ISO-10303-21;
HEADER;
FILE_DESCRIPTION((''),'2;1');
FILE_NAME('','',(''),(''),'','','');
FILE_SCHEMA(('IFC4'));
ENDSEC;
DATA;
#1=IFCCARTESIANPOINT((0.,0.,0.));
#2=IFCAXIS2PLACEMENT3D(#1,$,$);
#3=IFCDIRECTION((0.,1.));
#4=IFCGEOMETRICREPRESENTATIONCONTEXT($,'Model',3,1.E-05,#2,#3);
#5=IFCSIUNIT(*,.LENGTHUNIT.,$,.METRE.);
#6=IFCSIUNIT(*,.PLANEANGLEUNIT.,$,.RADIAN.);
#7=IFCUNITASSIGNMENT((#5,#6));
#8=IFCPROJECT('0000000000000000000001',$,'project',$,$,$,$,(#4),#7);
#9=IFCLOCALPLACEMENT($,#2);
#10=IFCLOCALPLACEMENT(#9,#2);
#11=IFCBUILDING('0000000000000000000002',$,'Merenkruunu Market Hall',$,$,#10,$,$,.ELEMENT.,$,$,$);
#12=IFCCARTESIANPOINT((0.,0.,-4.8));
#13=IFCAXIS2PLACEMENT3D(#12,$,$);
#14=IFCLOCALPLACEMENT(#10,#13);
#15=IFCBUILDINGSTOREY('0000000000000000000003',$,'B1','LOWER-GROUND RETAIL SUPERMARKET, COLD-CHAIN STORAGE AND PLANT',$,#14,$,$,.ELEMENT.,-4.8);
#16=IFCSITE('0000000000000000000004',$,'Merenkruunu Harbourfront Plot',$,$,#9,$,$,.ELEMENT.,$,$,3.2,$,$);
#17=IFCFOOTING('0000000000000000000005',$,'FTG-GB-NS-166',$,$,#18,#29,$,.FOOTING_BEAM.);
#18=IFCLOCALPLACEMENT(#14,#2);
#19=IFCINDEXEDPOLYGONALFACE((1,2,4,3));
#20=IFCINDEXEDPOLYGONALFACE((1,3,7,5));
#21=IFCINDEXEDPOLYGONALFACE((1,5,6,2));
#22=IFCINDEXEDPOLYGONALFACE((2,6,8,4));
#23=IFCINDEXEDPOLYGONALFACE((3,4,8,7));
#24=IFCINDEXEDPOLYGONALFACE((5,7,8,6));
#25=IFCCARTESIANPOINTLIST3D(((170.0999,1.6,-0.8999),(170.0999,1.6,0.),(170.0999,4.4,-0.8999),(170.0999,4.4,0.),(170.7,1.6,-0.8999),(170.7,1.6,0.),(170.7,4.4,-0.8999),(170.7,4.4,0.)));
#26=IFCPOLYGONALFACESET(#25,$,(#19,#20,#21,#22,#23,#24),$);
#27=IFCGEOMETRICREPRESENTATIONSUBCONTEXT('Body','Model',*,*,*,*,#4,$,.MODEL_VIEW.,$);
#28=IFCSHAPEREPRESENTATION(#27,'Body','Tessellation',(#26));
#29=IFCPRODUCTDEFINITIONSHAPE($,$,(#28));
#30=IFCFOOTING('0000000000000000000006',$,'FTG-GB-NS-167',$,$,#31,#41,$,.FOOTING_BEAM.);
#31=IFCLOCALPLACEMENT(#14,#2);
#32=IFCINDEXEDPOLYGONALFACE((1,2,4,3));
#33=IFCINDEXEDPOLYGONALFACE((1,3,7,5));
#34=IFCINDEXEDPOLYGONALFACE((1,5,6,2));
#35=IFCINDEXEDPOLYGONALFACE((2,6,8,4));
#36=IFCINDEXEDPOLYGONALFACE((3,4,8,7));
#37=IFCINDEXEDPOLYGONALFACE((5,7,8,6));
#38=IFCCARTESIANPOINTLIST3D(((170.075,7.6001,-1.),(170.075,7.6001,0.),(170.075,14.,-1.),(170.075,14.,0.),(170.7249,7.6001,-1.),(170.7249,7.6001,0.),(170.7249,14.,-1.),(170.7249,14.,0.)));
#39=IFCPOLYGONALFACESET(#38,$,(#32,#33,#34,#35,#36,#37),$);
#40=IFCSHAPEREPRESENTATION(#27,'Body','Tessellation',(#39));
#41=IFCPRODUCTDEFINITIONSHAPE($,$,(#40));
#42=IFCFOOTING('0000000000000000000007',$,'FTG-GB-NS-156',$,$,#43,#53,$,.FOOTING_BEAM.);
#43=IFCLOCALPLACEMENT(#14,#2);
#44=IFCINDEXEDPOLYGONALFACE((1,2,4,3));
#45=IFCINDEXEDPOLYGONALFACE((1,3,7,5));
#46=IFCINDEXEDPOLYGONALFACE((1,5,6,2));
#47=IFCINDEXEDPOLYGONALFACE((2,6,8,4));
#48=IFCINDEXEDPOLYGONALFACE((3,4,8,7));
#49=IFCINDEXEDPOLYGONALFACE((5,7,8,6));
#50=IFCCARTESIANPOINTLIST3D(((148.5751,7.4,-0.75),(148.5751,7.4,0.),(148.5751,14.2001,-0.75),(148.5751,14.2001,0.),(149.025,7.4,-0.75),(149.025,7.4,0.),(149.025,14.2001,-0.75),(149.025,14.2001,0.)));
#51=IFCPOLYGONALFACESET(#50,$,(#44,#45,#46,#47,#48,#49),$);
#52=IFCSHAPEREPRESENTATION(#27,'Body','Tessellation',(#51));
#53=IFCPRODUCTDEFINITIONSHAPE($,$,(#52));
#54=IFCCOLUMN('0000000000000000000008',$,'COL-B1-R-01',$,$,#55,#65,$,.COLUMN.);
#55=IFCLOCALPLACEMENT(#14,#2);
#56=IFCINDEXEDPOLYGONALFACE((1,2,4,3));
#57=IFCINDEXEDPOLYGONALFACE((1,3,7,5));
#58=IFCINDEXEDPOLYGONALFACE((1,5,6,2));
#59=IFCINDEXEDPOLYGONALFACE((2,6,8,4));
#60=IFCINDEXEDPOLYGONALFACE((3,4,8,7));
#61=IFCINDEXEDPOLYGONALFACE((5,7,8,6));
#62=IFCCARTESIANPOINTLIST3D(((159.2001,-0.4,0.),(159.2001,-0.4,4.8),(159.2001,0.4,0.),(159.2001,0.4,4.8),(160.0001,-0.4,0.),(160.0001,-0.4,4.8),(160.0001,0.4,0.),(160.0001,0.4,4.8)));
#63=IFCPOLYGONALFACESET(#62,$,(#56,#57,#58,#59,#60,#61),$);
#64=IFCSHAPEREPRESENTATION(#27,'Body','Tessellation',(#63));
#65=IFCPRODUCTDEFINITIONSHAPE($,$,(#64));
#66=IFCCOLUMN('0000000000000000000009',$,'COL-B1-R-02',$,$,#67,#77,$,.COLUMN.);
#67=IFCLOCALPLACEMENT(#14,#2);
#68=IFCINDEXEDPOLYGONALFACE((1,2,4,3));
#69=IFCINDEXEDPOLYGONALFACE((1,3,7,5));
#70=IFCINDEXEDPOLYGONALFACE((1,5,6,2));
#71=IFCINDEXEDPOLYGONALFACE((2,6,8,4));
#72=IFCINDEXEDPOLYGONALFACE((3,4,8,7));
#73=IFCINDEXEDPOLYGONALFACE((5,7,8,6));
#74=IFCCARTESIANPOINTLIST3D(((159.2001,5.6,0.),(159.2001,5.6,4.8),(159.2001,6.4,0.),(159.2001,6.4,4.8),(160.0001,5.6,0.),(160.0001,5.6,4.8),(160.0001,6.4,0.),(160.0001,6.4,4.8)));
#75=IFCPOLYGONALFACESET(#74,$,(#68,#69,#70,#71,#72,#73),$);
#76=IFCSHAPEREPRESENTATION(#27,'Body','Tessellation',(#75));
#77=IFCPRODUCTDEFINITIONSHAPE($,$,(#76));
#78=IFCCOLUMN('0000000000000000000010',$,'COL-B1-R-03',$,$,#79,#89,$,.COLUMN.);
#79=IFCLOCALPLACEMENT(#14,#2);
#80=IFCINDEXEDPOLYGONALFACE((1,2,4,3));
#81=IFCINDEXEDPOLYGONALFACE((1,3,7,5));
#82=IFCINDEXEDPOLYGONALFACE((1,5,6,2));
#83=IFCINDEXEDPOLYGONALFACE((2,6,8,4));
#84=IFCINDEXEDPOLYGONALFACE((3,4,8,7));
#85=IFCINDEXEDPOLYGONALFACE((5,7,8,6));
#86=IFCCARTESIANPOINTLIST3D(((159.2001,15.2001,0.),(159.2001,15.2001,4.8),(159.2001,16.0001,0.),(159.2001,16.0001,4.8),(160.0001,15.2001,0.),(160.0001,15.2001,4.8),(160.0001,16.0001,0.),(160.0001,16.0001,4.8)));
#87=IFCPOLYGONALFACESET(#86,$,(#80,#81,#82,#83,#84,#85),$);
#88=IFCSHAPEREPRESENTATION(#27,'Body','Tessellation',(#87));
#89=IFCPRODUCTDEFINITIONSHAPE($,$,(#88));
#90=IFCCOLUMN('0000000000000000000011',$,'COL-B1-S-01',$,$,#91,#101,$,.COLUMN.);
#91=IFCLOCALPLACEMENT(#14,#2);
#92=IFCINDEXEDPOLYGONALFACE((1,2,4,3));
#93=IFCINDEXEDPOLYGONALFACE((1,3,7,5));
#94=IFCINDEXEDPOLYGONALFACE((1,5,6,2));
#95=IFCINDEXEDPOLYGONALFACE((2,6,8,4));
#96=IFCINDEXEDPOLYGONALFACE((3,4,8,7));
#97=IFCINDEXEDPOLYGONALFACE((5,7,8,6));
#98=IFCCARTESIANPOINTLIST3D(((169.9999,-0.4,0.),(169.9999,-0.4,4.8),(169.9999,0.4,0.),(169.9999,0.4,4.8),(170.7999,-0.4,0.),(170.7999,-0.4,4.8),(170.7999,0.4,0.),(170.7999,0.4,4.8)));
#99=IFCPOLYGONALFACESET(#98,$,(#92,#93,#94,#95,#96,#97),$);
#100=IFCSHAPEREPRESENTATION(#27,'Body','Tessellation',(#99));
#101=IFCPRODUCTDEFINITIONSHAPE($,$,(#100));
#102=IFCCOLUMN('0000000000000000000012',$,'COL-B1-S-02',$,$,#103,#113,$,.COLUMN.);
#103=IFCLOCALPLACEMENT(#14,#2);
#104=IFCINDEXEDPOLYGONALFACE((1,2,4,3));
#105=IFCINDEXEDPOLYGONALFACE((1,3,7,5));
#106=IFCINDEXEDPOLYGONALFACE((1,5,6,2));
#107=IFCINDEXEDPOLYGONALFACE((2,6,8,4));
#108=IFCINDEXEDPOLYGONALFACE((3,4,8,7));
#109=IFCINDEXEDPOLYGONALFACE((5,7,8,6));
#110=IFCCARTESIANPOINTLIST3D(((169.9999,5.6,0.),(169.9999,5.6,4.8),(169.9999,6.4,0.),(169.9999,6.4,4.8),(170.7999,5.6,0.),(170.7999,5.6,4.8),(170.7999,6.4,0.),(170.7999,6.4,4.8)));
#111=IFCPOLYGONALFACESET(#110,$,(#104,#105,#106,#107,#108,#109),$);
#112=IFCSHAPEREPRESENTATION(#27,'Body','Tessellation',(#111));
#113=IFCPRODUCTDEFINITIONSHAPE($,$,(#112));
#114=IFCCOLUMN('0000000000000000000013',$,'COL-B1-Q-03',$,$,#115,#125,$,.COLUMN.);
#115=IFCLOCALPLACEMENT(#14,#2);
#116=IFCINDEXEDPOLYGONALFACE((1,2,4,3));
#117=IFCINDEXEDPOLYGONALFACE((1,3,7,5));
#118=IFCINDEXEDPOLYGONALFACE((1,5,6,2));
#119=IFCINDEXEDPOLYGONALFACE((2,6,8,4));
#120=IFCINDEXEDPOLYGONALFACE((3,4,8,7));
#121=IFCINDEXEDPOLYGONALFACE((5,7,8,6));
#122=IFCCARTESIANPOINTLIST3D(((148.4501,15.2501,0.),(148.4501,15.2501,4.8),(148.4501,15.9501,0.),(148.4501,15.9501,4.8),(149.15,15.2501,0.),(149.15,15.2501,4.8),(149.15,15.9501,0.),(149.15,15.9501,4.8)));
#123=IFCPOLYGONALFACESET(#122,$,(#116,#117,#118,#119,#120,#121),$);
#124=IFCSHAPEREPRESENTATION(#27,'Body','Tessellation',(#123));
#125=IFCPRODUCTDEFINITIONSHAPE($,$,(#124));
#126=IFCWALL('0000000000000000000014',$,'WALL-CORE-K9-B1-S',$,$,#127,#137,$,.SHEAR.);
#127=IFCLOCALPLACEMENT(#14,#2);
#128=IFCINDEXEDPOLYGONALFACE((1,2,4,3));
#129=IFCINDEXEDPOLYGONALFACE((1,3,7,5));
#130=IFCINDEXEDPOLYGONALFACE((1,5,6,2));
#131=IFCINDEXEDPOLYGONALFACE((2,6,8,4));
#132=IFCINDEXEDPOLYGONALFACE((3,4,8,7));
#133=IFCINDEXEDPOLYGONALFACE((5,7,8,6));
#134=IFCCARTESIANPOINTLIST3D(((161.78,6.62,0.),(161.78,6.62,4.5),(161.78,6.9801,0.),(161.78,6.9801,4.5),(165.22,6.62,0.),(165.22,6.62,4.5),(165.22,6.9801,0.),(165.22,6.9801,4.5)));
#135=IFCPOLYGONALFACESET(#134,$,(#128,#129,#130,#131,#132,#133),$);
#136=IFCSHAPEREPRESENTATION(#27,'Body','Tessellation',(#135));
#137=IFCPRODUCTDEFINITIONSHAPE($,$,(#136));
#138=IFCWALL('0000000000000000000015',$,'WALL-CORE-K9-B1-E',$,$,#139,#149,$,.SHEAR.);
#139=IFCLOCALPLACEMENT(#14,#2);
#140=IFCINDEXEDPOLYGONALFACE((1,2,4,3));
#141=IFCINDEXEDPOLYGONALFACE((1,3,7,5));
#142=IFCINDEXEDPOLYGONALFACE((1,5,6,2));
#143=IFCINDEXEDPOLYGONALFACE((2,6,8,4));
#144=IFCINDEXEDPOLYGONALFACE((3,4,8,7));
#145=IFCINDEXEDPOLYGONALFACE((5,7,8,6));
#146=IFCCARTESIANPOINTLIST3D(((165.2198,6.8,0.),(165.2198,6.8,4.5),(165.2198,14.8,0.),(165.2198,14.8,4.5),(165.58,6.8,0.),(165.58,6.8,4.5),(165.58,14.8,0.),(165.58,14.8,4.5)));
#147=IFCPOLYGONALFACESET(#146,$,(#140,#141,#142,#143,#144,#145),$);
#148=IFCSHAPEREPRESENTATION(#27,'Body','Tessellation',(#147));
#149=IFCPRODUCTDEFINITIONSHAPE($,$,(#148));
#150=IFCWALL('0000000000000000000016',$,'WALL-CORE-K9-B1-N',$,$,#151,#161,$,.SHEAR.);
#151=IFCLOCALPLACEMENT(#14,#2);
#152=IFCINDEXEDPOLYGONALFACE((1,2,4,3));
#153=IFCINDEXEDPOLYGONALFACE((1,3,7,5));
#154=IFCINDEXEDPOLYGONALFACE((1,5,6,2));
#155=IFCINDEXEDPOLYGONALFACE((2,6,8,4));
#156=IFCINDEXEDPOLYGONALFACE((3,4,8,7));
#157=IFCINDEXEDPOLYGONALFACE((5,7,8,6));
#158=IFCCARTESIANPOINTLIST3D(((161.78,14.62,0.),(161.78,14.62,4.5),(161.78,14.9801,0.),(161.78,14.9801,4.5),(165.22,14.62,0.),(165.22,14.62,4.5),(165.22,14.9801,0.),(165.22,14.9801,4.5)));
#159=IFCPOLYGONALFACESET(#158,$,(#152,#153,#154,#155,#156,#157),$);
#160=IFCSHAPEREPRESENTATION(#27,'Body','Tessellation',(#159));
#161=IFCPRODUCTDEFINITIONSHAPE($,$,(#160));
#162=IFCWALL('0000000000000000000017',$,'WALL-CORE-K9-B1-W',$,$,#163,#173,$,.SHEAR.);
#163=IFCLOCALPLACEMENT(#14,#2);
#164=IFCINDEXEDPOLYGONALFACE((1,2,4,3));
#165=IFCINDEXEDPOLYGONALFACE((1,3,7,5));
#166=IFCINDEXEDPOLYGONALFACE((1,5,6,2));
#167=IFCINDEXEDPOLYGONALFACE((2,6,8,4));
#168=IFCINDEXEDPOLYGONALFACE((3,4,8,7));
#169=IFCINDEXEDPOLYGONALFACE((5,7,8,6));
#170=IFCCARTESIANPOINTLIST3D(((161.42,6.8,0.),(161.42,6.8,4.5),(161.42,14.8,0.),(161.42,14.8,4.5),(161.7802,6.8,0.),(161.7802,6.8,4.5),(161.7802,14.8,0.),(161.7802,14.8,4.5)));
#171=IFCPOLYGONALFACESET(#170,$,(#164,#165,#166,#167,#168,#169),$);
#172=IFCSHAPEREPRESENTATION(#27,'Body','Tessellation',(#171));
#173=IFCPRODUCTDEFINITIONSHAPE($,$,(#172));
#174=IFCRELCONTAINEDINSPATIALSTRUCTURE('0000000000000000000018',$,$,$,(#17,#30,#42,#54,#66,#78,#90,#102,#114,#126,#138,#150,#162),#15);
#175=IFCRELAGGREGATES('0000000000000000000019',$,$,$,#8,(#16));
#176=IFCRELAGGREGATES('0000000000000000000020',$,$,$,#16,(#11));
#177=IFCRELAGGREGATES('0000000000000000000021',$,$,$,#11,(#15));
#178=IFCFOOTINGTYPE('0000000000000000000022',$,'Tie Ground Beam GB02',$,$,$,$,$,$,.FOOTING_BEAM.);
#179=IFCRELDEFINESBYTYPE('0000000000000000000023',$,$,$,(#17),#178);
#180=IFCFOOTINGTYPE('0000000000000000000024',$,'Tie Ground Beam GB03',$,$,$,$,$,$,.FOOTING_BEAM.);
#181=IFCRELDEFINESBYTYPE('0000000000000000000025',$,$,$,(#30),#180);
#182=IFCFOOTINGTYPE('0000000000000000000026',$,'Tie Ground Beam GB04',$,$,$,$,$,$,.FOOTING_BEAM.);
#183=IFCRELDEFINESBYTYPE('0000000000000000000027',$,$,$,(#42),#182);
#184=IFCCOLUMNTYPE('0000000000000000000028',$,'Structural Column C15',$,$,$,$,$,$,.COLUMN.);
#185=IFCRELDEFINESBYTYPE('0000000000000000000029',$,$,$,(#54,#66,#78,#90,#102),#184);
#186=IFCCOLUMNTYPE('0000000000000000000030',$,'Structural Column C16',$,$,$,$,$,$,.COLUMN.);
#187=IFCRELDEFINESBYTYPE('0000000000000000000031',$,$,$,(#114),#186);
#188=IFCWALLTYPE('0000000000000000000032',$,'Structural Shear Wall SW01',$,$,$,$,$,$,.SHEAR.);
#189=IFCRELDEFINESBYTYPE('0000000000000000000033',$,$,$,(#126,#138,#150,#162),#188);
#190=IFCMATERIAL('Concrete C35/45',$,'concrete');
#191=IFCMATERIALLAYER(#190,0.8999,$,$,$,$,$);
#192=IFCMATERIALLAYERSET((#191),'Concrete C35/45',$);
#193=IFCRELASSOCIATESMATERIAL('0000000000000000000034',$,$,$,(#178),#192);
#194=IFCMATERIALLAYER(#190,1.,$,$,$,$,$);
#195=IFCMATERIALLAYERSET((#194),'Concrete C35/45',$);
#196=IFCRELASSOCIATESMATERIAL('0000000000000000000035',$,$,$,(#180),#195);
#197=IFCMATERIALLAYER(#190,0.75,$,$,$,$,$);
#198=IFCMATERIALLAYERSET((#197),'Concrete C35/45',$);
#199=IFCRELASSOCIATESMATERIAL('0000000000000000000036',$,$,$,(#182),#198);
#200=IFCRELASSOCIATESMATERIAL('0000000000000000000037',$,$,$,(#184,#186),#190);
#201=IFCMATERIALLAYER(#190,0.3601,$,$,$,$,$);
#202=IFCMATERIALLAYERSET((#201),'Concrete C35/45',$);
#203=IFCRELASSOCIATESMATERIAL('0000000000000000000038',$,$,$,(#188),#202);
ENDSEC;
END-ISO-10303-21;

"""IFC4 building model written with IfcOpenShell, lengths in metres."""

from ifc_helpers import new_model, si_unit, direction, frame, frame_2d, origin, origin_2d, place, context, subcontext, project, spatial, rectangle, extrude, material, layer, layer_set, material_profile, profile_set, type_object, element, save


model = new_model("IFC4")

# Units and contexts
model_context = context("Model", 3, precision=1e-05, world=origin(), true_north=direction((0.0, 1.0)))
body_context = subcontext(model_context, "Body", "Model", "MODEL_VIEW")
ifc_project = project(units=[si_unit("LENGTHUNIT", "METRE"), si_unit("PLANEANGLEUNIT", "RADIAN")], contexts=[model_context])

# Site, building, storey
site_placement = place(None, origin())
site = spatial("IfcSite", under=ifc_project, at=site_placement, Name="Merenkruunu Harbourfront Plot", CompositionType="ELEMENT", RefElevation=3.2)
building_placement = place(site_placement, origin())
building = spatial("IfcBuilding", under=site, at=building_placement, Name="Merenkruunu Market Hall", CompositionType="ELEMENT")
storey_placement = place(building_placement, frame((0.0, 0.0, -4.8)))
storey = spatial("IfcBuildingStorey", under=building, at=storey_placement, Name="B1", Description="LOWER-GROUND RETAIL SUPERMARKET, COLD-CHAIN STORAGE AND PLANT", CompositionType="ELEMENT", Elevation=-4.8)

# Shared definitions
ifc_material = material(Name="Concrete C35/45", Category="concrete")

# Footings
ifc_layer_1 = layer(ifc_material, 0.8999)
ifc_layer_set_1 = layer_set([ifc_layer_1], Name="Concrete C35/45")
footing_type_1 = type_object("IfcFootingType", Name="Tie Ground Beam GB02", PredefinedType="FOOTING_BEAM", material=ifc_layer_set_1)
footing_1_placement = place(storey_placement, frame((170.3999, 3.0, -0.8999), z_axis=(0.0, 0.0, 1.0), x_axis=(0.0, 1.0, 0.0)))
element("IfcFooting", 1, at=footing_1_placement, inside=storey, type_object=footing_type_1, Name="FTG-GB-NS-166", PredefinedType="FOOTING_BEAM", context=body_context, shape_type="SweptSolid", body=[
    extrude(rectangle(XDim=2.8, YDim=0.6001, at=origin_2d()), origin(), (0.0, 0.0, 1.0), 0.8999),
])
ifc_layer_2 = layer(ifc_material, 1.0)
ifc_layer_set_2 = layer_set([ifc_layer_2], Name="Concrete C35/45")
footing_type_2 = type_object("IfcFootingType", Name="Tie Ground Beam GB03", PredefinedType="FOOTING_BEAM", material=ifc_layer_set_2)
footing_2_placement = place(storey_placement, frame((170.3999, 10.8, -1.0), z_axis=(0.0, 0.0, 1.0), x_axis=(0.0, 1.0, 0.0)))
element("IfcFooting", 2, at=footing_2_placement, inside=storey, type_object=footing_type_2, Name="FTG-GB-NS-167", PredefinedType="FOOTING_BEAM", context=body_context, shape_type="SweptSolid", body=[
    extrude(rectangle(XDim=6.3999, YDim=0.6499, at=origin_2d()), origin(), (0.0, 0.0, 1.0), 1.0),
])
ifc_layer_3 = layer(ifc_material, 0.75)
ifc_layer_set_3 = layer_set([ifc_layer_3], Name="Concrete C35/45")
footing_type_3 = type_object("IfcFootingType", Name="Tie Ground Beam GB04", PredefinedType="FOOTING_BEAM", material=ifc_layer_set_3)
footing_3_placement = place(storey_placement, frame((148.8, 10.8, -0.75), z_axis=(0.0, 0.0, 1.0), x_axis=(0.0, 1.0, 0.0)))
element("IfcFooting", 3, at=footing_3_placement, inside=storey, type_object=footing_type_3, Name="FTG-GB-NS-156", PredefinedType="FOOTING_BEAM", context=body_context, shape_type="SweptSolid", body=[
    extrude(rectangle(XDim=6.8, YDim=0.45, at=origin_2d()), origin(), (0.0, 0.0, 1.0), 0.75),
])

# Columns
ifc_material_profile_1 = material_profile(ifc_material, rectangle(XDim=0.8, YDim=0.8, at=origin_2d()), Name="RC 800x800")
ifc_profile_set_1 = profile_set([ifc_material_profile_1], Name="Concrete C35/45")
column_type_1 = type_object("IfcColumnType", Name="Structural Column C15", PredefinedType="COLUMN", material=ifc_profile_set_1)
for number, where, z_axis, x_axis, name in (
    (4, (159.6001, 0.0, 0.0), (0.0, 0.0, 1.0), (1.0, 0.0, 0.0), "COL-B1-R-01"),
    (5, (159.6001, 6.0, 0.0), (0.0, 0.0, 1.0), (1.0, 0.0, 0.0), "COL-B1-R-02"),
    (6, (159.6001, 15.6001, 0.0), (0.0, 0.0, 1.0), (1.0, 0.0, 0.0), "COL-B1-R-03"),
    (7, (170.3999, 0.0, 0.0), (0.0, 0.0, 1.0), (1.0, 0.0, 0.0), "COL-B1-S-01"),
    (8, (170.3999, 6.0, 0.0), (0.0, 0.0, 1.0), (1.0, 0.0, 0.0), "COL-B1-S-02"),
):
    element("IfcColumn", number, at=place(storey_placement, frame(where, z_axis=z_axis, x_axis=x_axis)), inside=storey, type_object=column_type_1, Name=name, PredefinedType="COLUMN", context=body_context, shape_type="SweptSolid", body=[
        extrude(rectangle(XDim=0.8, YDim=0.8, at=origin_2d()), origin(), (0.0, 0.0, 1.0), 4.8),
    ])
ifc_material_profile_2 = material_profile(ifc_material, rectangle(XDim=0.7, YDim=0.7, at=origin_2d()), Name="RC 700x700")
ifc_profile_set_2 = profile_set([ifc_material_profile_2], Name="Concrete C35/45")
column_type_2 = type_object("IfcColumnType", Name="Structural Column C16", PredefinedType="COLUMN", material=ifc_profile_set_2)
column_placement = place(storey_placement, frame((148.8, 15.6001, 0.0), z_axis=(0.0, 0.0, 1.0), x_axis=(1.0, 0.0, 0.0)))
element("IfcColumn", 9, at=column_placement, inside=storey, type_object=column_type_2, Name="COL-B1-Q-03", PredefinedType="COLUMN", context=body_context, shape_type="SweptSolid", body=[
    extrude(rectangle(XDim=0.7, YDim=0.7, at=origin_2d()), origin(), (0.0, 0.0, 1.0), 4.8),
])

# Walls
ifc_layer_4 = layer(ifc_material, 0.3601)
ifc_layer_set_4 = layer_set([ifc_layer_4], Name="Concrete C35/45")
wall_type = type_object("IfcWallType", Name="Structural Shear Wall SW01", PredefinedType="SHEAR", material=ifc_layer_set_4)
wall_1_placement = place(storey_placement, frame((165.22, 6.8, 0.0), z_axis=(0.0, 0.0, 1.0), x_axis=(-1.0, 0.0, 0.0)))
element("IfcWall", 10, at=wall_1_placement, inside=storey, type_object=wall_type, Name="WALL-CORE-K9-B1-S", PredefinedType="SHEAR", context=body_context, shape_type="SweptSolid", body=[
    extrude(rectangle(XDim=3.4399, YDim=0.3601, at=frame_2d((1.72, 0.0))), origin(), (0.0, 0.0, 1.0), 4.5),
])
wall_2_placement = place(storey_placement, frame((165.3999, 6.8, 0.0), z_axis=(0.0, 0.0, 1.0), x_axis=(0.0, 1.0, 0.0)))
element("IfcWall", 11, at=wall_2_placement, inside=storey, type_object=wall_type, Name="WALL-CORE-K9-B1-E", PredefinedType="SHEAR", context=body_context, shape_type="SweptSolid", body=[
    extrude(rectangle(XDim=8.0, YDim=0.3601, at=frame_2d((4.0, 0.0))), origin(), (0.0, 0.0, 1.0), 4.5),
])
wall_3_placement = place(storey_placement, frame((165.22, 14.8, 0.0), z_axis=(0.0, 0.0, 1.0), x_axis=(-1.0, 0.0, 0.0)))
element("IfcWall", 12, at=wall_3_placement, inside=storey, type_object=wall_type, Name="WALL-CORE-K9-B1-N", PredefinedType="SHEAR", context=body_context, shape_type="SweptSolid", body=[
    extrude(rectangle(XDim=3.4399, YDim=0.3601, at=frame_2d((1.72, 0.0))), origin(), (0.0, 0.0, 1.0), 4.5),
])
wall_4_placement = place(storey_placement, frame((161.6001, 14.8, 0.0), z_axis=(0.0, 0.0, 1.0), x_axis=(0.0, -1.0, 0.0)))
element("IfcWall", 13, at=wall_4_placement, inside=storey, type_object=wall_type, Name="WALL-CORE-K9-B1-W", PredefinedType="SHEAR", context=body_context, shape_type="SweptSolid", body=[
    extrude(rectangle(XDim=8.0, YDim=0.3601, at=frame_2d((4.0, 0.0))), origin(), (0.0, 0.0, 1.0), 4.5),
])

save(model, "model.ifc")
